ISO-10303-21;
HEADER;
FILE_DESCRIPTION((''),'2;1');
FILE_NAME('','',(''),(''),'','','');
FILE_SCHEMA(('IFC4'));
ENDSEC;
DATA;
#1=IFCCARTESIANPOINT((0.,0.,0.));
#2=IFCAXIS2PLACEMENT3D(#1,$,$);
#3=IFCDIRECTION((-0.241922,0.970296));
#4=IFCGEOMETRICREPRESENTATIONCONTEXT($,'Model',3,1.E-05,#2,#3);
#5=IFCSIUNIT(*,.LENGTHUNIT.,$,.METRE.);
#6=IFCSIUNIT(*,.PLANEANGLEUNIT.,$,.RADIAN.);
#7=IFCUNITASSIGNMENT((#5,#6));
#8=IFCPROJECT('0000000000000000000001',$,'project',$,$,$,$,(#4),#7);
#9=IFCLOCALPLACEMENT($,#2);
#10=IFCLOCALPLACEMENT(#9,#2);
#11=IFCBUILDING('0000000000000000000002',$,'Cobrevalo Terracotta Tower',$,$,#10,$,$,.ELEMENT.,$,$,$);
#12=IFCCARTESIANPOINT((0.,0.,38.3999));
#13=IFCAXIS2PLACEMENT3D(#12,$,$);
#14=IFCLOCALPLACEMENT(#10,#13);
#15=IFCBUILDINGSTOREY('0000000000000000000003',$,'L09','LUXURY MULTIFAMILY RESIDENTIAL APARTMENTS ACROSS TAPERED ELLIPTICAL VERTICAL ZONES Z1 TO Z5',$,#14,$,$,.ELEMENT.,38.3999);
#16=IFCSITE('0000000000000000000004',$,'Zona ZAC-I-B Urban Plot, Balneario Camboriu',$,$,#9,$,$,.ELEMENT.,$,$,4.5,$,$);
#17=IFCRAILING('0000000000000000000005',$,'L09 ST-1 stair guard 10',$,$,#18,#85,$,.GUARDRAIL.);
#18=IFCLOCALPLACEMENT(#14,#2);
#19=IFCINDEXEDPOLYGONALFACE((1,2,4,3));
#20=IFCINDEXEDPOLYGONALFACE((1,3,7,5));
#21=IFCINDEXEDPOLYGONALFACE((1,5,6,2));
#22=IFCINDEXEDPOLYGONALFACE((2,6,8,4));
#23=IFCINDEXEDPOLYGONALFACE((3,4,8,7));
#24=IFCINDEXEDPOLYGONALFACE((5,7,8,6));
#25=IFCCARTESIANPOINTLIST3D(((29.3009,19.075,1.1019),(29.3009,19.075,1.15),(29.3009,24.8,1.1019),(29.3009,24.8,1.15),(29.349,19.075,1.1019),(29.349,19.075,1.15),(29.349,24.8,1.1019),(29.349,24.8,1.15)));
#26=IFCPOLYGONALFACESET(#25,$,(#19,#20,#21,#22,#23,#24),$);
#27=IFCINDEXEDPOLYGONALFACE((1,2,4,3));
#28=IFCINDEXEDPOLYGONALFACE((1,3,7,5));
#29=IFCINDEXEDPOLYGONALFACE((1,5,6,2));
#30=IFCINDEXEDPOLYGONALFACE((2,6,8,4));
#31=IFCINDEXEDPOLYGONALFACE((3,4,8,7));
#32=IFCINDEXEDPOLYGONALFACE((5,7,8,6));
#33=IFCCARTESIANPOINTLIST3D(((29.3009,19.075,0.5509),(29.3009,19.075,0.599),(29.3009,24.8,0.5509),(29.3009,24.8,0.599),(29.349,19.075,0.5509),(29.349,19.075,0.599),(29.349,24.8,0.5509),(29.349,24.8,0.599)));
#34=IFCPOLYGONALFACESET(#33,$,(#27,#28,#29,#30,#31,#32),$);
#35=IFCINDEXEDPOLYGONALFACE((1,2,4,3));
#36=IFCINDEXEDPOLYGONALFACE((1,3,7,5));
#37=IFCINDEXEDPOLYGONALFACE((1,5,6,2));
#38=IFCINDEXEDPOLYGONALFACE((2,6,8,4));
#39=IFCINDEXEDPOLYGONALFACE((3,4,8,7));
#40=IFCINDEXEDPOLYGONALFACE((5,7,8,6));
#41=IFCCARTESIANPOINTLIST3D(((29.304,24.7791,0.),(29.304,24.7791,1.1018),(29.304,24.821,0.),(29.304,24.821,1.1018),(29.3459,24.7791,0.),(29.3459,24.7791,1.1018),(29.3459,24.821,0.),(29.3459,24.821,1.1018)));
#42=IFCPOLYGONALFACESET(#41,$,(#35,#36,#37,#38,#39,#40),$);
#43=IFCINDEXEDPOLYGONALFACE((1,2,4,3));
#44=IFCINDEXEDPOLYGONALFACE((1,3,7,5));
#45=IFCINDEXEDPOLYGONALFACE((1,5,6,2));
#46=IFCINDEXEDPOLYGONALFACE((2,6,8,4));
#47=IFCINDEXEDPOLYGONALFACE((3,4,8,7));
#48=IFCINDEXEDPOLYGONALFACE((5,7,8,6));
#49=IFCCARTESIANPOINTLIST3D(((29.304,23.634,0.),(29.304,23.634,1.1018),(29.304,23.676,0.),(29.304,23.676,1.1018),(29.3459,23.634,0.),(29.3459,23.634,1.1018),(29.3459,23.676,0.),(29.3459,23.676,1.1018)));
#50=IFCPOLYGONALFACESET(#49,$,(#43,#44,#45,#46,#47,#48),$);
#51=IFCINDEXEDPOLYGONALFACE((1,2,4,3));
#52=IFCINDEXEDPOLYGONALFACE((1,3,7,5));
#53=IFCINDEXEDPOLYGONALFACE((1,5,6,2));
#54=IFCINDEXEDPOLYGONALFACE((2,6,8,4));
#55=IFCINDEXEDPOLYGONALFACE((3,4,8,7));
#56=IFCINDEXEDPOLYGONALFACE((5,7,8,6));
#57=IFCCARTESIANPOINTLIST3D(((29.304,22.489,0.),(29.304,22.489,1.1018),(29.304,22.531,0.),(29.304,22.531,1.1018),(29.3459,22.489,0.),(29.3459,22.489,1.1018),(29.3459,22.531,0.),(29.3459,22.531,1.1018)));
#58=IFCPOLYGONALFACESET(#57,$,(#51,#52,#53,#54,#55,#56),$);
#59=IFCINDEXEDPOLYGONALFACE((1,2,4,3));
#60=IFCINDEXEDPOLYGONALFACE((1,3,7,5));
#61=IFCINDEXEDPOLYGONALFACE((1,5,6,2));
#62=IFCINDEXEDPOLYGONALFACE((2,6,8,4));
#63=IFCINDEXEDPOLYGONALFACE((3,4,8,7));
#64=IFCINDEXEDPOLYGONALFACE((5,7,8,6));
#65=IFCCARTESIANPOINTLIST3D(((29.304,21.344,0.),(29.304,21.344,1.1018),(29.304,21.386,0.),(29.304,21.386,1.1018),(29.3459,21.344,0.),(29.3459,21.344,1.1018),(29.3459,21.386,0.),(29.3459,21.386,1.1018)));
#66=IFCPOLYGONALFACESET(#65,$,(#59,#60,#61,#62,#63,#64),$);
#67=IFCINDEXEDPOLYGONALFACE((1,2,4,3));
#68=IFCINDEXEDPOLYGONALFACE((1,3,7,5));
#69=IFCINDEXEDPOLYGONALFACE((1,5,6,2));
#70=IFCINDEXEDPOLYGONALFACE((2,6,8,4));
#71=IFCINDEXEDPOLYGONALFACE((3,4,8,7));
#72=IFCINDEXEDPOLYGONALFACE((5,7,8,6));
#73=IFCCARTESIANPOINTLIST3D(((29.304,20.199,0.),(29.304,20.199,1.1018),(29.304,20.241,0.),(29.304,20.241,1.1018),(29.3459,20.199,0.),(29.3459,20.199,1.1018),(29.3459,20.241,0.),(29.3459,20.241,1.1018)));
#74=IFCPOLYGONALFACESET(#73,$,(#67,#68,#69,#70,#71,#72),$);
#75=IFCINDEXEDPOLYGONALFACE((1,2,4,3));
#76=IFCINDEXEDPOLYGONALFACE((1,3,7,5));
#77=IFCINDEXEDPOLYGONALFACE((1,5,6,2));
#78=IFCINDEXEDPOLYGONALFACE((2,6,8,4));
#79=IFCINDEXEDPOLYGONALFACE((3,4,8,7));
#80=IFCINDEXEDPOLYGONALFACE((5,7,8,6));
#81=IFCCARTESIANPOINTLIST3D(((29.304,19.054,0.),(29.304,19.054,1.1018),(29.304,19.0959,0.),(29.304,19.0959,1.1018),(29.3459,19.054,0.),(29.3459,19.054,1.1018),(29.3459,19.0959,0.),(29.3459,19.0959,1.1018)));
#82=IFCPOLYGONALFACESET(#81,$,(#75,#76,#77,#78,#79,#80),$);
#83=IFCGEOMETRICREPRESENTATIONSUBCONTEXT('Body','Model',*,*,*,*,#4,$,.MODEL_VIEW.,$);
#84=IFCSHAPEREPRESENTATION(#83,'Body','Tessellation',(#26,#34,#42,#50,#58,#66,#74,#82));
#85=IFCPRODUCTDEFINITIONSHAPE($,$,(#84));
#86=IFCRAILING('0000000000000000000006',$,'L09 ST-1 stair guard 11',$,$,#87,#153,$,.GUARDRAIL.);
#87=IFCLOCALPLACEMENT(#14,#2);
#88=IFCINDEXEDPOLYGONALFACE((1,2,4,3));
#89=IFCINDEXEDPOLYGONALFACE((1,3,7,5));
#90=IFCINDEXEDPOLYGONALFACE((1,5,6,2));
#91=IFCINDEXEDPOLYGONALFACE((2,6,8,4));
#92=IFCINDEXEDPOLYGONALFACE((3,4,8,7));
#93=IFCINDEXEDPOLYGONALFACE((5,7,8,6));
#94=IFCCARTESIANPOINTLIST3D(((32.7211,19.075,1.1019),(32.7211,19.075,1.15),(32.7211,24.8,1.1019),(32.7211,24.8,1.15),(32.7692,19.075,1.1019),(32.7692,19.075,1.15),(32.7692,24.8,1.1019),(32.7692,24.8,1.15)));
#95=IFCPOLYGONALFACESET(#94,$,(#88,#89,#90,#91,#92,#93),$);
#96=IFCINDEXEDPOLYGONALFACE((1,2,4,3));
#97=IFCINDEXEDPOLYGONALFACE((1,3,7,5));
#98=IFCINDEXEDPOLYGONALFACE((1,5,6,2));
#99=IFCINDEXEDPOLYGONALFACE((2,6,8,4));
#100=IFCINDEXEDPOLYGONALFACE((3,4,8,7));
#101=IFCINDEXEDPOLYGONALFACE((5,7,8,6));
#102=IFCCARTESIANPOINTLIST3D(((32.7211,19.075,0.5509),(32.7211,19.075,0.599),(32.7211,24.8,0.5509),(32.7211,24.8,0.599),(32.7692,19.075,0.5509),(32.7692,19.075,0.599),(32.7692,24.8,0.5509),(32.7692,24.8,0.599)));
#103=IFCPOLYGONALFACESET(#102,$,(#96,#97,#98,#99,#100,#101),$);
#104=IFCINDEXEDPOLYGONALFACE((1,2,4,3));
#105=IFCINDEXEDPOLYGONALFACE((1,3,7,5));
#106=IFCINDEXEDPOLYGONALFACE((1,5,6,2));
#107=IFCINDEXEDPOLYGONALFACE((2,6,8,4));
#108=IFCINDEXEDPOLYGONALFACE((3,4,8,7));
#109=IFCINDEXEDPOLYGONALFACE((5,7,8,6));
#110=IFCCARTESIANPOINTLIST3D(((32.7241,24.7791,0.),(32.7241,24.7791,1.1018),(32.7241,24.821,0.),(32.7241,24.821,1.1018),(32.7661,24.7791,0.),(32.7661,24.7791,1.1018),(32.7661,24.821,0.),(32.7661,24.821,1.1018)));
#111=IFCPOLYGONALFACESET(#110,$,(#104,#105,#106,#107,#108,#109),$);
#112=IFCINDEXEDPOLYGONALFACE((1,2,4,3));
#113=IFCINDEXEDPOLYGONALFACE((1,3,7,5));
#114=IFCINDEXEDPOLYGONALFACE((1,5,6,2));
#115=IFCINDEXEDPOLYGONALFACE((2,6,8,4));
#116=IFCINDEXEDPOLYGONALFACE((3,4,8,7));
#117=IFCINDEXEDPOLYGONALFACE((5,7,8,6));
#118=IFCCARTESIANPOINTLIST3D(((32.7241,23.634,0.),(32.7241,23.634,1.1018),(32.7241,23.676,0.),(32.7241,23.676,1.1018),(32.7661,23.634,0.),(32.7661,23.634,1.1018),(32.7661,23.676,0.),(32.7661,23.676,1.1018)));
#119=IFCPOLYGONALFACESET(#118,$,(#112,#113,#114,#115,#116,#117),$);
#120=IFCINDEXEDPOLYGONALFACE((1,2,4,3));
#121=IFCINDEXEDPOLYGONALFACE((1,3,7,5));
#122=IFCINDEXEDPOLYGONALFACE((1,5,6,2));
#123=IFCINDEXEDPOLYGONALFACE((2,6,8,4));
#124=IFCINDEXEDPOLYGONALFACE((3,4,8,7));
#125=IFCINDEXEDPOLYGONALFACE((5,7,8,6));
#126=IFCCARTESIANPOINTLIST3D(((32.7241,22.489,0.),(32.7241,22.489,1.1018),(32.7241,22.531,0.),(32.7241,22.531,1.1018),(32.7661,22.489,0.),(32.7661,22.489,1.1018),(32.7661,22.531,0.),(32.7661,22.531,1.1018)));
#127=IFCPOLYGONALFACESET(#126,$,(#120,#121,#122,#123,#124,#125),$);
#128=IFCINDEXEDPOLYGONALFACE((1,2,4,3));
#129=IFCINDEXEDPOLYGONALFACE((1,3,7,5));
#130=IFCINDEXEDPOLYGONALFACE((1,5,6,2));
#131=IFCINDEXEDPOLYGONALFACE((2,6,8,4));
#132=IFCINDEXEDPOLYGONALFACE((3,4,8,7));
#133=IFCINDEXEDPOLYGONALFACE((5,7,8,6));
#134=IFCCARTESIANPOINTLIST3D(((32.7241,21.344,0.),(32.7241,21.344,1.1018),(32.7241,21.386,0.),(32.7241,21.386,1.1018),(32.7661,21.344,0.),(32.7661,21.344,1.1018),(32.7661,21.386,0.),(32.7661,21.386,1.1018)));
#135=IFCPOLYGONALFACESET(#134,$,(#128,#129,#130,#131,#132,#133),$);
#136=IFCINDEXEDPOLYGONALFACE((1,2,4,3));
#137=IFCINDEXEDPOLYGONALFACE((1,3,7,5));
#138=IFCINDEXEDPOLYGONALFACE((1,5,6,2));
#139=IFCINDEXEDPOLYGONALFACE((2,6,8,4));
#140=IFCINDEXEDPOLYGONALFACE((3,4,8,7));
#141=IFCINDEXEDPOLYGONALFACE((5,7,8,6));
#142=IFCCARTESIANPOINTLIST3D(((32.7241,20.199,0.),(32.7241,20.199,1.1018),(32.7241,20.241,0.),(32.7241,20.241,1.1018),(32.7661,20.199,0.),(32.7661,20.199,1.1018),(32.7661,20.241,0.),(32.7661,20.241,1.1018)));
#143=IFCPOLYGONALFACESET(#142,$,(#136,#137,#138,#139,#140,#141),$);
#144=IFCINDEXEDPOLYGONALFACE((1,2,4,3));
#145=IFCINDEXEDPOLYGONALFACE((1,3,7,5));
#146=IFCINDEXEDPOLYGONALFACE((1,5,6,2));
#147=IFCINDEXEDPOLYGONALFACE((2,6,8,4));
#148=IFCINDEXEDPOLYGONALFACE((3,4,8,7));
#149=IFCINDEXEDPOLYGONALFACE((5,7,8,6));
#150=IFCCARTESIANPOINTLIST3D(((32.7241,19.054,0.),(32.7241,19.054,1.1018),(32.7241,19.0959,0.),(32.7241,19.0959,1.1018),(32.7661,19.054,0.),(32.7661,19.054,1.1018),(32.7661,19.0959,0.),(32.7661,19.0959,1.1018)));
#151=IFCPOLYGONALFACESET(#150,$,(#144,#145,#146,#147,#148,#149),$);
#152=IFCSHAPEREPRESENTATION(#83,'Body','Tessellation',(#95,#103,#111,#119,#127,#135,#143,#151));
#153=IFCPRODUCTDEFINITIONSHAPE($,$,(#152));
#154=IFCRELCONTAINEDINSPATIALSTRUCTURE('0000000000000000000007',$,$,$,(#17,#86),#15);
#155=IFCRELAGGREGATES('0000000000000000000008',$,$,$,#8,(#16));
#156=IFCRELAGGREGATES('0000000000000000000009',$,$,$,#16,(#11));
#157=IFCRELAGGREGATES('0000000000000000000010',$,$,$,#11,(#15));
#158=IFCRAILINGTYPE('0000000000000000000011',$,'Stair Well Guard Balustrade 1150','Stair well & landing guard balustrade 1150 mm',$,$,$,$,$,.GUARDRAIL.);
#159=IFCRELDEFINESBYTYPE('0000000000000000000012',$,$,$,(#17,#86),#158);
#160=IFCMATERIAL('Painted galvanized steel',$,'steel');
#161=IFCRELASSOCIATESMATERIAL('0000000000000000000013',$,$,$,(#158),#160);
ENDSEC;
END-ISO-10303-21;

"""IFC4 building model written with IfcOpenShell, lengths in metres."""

from ifc_helpers import new_model, si_unit, direction, frame, origin, origin_2d, place, context, subcontext, project, spatial, rectangle, extrude, material, type_object, element, save


model = new_model("IFC4")

# Units and contexts
model_context = context("Model", 3, precision=1e-05, world=origin(), true_north=direction((-0.241922, 0.970296)))
body_context = subcontext(model_context, "Body", "Model", "MODEL_VIEW")
ifc_project = project(units=[si_unit("LENGTHUNIT", "METRE"), si_unit("PLANEANGLEUNIT", "RADIAN")], contexts=[model_context])

# Site, building, storey
site_placement = place(None, origin())
site = spatial("IfcSite", under=ifc_project, at=site_placement, Name="Zona ZAC-I-B Urban Plot, Balneario Camboriu", CompositionType="ELEMENT", RefElevation=4.5)
building_placement = place(site_placement, origin())
building = spatial("IfcBuilding", under=site, at=building_placement, Name="Cobrevalo Terracotta Tower", CompositionType="ELEMENT")
storey_placement = place(building_placement, frame((0.0, 0.0, 38.3999)))
storey = spatial("IfcBuildingStorey", under=building, at=storey_placement, Name="L09", Description="LUXURY MULTIFAMILY RESIDENTIAL APARTMENTS ACROSS TAPERED ELLIPTICAL VERTICAL ZONES Z1 TO Z5", CompositionType="ELEMENT", Elevation=38.3999)

# Railings
ifc_material_1 = material(Name="Painted galvanized steel", Category="steel")
railing_type_1 = type_object("IfcRailingType", Name="Stair Well Guard Balustrade 1150", Description="Stair well & landing guard balustrade 1150 mm", PredefinedType="GUARDRAIL", material=ifc_material_1)
for number, where, name in (
    (1, (29.325, 24.8, 0.0), "L09 ST-1 stair guard 10"),
    (2, (32.7451, 24.8, 0.0), "L09 ST-1 stair guard 11"),
):
    element("IfcRailing", number, at=place(storey_placement, frame(where)), inside=storey, type_object=railing_type_1, Name=name, PredefinedType="GUARDRAIL", context=body_context, shape_type="SweptSolid", body=[
        extrude(rectangle(XDim=0.0481, YDim=0.0481, at=origin_2d()), frame((0.0, 0.0, 1.126), z_axis=(0.0, -1.0, 0.0), x_axis=(1.0, 0.0, 0.0)), (0.0, 0.0, 1.0), 5.7251),
        extrude(rectangle(XDim=0.0481, YDim=0.0481, at=origin_2d()), frame((0.0, 0.0, 0.575), z_axis=(0.0, -1.0, 0.0), x_axis=(1.0, 0.0, 0.0)), (0.0, 0.0, 1.0), 5.7251),
        extrude(rectangle(XDim=0.042, YDim=0.042, at=origin_2d()), origin(), (0.0, 0.0, 1.0), 1.1018),
        extrude(rectangle(XDim=0.042, YDim=0.042, at=origin_2d()), frame((0.0, -1.145, 0.0)), (0.0, 0.0, 1.0), 1.1018),
        extrude(rectangle(XDim=0.042, YDim=0.042, at=origin_2d()), frame((0.0, -2.29, 0.0)), (0.0, 0.0, 1.0), 1.1018),
        extrude(rectangle(XDim=0.042, YDim=0.042, at=origin_2d()), frame((0.0, -3.4351, 0.0)), (0.0, 0.0, 1.0), 1.1018),
        extrude(rectangle(XDim=0.042, YDim=0.042, at=origin_2d()), frame((0.0, -4.5801, 0.0)), (0.0, 0.0, 1.0), 1.1018),
        extrude(rectangle(XDim=0.042, YDim=0.042, at=origin_2d()), frame((0.0, -5.7251, 0.0)), (0.0, 0.0, 1.0), 1.1018),
    ])

save(model, "model.ifc")
